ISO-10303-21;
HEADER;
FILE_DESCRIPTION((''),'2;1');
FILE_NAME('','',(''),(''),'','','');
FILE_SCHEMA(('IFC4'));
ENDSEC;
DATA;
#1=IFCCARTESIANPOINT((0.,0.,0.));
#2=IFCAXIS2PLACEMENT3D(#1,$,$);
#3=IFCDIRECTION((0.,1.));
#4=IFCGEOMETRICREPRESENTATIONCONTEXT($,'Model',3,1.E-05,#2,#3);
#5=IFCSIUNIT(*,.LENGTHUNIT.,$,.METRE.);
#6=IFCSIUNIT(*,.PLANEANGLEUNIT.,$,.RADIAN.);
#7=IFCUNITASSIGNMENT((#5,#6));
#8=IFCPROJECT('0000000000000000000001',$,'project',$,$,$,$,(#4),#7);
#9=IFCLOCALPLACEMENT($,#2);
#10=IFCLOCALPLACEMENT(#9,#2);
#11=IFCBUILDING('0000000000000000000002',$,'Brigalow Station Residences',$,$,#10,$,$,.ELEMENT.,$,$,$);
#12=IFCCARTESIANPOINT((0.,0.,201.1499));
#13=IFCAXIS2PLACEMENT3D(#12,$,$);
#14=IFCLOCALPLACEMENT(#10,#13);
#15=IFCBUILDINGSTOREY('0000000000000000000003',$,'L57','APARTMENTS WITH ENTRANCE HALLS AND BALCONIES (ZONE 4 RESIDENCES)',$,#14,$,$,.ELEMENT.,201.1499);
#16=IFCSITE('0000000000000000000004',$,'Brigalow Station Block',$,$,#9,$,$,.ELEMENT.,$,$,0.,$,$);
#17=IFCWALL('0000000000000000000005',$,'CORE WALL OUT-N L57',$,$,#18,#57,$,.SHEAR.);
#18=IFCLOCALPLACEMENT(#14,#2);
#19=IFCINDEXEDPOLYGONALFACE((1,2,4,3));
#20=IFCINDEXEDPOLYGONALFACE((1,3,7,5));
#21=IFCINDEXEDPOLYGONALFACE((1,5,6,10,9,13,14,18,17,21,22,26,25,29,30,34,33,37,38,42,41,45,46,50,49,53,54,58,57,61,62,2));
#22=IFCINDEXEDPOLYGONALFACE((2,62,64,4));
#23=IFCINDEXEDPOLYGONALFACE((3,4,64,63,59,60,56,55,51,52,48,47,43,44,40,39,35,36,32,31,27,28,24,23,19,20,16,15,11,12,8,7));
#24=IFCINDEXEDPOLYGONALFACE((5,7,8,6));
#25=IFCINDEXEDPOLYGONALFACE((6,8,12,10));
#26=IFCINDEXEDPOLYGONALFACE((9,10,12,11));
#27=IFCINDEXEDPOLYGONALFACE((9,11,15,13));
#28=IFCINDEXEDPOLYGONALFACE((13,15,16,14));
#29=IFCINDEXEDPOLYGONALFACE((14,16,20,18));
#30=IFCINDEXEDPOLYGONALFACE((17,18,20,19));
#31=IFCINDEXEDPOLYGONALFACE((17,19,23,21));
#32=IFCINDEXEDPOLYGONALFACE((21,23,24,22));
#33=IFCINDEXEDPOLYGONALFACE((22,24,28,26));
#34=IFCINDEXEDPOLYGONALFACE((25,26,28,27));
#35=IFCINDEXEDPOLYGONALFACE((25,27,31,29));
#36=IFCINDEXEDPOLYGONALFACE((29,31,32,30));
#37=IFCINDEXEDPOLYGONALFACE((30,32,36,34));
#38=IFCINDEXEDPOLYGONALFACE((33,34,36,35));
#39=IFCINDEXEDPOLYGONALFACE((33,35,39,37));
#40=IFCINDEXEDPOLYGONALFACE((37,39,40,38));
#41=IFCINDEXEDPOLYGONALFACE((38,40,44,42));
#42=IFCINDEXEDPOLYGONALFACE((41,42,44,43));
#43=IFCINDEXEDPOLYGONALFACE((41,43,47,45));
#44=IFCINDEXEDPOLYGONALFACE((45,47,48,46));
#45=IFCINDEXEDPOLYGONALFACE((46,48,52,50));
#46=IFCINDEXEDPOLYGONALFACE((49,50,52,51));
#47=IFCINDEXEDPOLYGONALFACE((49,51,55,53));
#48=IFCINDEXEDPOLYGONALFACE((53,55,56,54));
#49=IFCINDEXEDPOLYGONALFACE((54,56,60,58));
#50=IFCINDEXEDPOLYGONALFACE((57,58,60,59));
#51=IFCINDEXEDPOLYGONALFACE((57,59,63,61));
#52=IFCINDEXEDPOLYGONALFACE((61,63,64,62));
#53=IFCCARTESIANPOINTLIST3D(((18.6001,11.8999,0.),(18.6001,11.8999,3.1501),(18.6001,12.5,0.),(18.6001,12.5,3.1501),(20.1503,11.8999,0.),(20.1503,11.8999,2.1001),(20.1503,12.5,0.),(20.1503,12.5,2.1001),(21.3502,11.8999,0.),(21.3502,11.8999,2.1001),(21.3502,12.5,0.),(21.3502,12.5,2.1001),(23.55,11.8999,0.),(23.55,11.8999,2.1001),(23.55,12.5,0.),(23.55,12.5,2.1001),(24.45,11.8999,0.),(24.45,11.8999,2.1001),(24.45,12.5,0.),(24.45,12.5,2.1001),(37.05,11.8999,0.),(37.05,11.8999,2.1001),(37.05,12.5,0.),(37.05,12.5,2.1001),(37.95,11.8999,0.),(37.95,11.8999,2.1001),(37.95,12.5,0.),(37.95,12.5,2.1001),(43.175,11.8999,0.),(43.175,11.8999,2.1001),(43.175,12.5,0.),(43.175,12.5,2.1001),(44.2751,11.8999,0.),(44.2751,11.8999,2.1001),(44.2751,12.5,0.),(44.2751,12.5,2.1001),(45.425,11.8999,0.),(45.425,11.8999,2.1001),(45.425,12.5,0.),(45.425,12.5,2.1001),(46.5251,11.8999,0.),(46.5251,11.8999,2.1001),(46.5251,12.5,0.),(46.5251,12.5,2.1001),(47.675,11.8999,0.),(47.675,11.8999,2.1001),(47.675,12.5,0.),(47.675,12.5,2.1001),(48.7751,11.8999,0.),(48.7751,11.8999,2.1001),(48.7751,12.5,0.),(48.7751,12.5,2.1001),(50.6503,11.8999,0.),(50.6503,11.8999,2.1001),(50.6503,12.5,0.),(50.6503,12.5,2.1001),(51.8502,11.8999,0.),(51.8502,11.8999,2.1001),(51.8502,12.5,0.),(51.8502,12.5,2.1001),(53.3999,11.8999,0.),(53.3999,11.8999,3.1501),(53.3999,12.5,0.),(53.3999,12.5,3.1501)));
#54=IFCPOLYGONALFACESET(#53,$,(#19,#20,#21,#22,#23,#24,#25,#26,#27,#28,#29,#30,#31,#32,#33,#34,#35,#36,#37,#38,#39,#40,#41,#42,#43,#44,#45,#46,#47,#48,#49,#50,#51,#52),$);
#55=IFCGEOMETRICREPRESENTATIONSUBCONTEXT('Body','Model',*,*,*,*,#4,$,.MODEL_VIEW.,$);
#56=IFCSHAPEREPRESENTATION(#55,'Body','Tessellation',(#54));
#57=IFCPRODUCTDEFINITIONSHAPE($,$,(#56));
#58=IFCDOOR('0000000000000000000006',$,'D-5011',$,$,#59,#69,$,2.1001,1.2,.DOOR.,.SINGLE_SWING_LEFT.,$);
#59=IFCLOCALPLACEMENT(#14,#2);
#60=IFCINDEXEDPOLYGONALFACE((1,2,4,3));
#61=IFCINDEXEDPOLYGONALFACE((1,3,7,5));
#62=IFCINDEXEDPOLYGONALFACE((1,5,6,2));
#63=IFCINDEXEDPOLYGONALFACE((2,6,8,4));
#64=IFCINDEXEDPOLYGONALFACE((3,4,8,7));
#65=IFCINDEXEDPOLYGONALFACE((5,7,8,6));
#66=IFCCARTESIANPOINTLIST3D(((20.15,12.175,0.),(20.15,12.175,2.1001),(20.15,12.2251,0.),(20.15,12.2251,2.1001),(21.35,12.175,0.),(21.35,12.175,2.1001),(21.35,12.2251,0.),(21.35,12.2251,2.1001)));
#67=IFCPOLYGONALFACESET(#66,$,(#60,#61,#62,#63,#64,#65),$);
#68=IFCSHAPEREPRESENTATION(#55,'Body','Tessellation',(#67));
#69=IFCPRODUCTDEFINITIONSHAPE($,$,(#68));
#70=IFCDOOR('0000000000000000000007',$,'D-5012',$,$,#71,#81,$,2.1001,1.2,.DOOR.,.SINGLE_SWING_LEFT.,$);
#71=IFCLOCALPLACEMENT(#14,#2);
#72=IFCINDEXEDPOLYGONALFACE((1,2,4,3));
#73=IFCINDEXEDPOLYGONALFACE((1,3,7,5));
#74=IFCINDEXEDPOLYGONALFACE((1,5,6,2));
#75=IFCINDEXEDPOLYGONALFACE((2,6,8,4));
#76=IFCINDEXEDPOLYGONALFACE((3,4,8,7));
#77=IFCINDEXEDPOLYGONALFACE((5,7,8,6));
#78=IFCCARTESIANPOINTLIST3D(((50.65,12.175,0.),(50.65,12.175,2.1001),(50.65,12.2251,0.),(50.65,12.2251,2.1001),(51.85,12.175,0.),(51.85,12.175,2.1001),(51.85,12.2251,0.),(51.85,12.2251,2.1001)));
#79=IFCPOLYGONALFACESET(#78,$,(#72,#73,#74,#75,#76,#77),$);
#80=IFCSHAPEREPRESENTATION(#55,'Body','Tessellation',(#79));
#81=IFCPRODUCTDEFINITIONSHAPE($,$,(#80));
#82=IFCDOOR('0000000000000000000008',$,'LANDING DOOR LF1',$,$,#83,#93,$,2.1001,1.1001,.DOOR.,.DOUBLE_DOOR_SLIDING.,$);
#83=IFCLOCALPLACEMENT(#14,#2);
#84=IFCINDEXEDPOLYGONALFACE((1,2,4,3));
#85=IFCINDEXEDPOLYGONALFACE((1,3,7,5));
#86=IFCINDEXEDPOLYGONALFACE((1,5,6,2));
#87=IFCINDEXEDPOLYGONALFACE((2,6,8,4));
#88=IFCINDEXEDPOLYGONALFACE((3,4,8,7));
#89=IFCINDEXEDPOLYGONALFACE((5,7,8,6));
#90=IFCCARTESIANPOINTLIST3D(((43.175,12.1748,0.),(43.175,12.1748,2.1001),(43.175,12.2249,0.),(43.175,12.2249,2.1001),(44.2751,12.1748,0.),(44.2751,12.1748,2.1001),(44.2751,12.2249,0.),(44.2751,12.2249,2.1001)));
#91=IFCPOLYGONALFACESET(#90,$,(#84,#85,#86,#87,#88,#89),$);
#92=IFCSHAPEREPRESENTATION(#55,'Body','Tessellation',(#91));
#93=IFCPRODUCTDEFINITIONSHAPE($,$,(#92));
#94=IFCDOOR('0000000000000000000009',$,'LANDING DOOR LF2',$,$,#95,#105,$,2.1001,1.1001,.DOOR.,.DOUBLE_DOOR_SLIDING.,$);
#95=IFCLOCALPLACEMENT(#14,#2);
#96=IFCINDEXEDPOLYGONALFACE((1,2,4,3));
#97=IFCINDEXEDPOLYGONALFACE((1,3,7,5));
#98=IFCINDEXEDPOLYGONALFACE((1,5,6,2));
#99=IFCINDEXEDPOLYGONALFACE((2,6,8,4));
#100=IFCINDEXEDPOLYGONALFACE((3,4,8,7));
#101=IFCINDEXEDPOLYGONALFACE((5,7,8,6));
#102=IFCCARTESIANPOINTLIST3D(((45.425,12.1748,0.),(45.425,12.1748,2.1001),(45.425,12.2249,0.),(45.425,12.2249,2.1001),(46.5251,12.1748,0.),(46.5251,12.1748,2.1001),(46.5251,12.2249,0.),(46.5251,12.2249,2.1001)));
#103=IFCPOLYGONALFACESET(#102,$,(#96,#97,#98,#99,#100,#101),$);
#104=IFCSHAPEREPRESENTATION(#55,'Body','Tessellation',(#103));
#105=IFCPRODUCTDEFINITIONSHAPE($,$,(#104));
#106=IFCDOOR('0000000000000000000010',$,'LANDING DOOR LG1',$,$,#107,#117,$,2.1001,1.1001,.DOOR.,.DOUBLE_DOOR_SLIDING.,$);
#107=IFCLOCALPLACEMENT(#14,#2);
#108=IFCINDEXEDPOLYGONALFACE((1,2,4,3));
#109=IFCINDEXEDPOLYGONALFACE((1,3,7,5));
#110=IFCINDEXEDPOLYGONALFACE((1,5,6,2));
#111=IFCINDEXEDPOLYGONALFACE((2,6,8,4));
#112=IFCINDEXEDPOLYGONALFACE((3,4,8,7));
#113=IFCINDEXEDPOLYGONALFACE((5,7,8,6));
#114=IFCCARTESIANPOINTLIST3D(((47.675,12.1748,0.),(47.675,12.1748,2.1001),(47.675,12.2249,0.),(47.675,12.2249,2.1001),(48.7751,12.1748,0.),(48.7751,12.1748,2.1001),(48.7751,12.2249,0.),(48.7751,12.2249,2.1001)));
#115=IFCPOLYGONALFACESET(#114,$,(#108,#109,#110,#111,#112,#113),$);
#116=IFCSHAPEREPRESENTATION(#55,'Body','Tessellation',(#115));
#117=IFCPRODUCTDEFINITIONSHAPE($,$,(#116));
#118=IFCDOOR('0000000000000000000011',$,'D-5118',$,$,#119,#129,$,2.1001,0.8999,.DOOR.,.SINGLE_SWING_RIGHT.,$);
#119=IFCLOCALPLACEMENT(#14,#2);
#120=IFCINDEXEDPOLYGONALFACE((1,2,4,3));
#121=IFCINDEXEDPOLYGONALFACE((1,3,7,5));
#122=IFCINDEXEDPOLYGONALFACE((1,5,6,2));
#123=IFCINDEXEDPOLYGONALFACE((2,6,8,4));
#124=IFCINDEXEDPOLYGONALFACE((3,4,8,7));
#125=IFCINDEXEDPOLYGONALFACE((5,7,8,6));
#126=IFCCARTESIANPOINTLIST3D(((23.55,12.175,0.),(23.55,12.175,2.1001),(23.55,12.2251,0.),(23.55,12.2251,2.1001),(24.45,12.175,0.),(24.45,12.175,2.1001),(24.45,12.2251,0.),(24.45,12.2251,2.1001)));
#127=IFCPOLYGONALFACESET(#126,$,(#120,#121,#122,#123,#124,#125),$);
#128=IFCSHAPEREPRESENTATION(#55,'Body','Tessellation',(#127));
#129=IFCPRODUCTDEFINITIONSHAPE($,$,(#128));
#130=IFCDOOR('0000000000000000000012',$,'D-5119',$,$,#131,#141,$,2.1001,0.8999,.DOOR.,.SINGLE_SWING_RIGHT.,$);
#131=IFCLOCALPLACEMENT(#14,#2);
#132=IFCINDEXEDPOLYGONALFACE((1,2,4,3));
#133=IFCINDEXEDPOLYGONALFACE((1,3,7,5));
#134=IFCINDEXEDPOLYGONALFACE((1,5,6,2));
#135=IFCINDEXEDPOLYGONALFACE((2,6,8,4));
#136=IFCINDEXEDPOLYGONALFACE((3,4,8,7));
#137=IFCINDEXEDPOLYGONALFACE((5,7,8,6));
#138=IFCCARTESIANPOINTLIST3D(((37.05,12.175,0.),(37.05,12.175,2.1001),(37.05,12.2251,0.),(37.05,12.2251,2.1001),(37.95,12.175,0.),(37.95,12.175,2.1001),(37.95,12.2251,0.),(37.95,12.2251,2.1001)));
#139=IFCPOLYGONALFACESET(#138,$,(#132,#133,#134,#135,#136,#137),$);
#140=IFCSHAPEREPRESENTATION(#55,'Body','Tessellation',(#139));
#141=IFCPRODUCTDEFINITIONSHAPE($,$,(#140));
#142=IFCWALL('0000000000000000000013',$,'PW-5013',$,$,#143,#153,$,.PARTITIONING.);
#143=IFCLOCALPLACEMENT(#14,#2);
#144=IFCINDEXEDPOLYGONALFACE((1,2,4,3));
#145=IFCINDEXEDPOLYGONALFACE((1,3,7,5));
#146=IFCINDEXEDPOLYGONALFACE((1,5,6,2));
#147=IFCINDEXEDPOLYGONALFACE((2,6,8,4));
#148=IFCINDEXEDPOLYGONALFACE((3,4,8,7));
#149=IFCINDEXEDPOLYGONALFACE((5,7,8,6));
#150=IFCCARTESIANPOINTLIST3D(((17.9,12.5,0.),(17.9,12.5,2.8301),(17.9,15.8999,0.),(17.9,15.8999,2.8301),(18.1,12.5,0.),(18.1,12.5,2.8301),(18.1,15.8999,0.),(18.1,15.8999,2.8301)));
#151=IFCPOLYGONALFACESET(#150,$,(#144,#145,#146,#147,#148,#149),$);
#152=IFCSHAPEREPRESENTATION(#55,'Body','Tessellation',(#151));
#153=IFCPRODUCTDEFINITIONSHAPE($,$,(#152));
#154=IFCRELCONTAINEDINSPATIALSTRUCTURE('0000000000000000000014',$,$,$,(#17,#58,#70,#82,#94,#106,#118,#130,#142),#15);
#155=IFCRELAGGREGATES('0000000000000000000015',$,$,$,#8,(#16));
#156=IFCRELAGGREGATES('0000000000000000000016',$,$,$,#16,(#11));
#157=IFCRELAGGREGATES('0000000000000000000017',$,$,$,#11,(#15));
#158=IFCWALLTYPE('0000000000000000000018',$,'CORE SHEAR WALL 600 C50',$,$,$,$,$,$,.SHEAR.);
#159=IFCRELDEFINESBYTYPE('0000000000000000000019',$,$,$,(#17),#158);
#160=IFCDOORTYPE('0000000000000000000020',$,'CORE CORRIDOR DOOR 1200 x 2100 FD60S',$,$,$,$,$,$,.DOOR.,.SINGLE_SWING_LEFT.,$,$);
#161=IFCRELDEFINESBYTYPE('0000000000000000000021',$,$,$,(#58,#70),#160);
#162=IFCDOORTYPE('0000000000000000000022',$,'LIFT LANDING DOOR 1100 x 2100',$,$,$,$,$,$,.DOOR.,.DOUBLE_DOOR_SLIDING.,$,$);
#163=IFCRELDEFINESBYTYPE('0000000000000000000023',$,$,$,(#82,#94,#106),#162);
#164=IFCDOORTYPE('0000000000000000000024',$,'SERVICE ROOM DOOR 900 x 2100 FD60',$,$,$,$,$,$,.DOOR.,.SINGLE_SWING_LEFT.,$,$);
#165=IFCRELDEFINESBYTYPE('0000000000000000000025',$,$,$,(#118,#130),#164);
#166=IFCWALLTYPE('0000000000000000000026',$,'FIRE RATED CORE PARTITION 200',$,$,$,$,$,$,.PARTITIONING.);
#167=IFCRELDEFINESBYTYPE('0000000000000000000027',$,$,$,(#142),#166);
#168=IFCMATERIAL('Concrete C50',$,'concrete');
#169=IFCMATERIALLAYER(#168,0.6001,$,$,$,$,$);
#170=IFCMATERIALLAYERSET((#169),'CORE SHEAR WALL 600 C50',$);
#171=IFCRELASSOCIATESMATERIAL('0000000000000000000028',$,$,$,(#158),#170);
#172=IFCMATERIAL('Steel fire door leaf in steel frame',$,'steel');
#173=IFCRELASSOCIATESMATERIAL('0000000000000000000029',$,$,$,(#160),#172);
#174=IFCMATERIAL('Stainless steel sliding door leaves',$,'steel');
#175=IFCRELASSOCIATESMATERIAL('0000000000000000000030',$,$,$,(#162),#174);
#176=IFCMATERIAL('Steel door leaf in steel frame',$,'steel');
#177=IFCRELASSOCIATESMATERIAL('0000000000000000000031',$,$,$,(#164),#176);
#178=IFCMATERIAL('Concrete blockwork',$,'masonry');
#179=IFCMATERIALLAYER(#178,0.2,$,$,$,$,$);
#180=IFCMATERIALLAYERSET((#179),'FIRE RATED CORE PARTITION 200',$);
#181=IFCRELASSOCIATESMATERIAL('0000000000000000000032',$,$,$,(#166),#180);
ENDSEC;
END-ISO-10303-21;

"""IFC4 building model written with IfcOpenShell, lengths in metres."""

from ifc_helpers import new_model, si_unit, direction, frame, frame_2d, origin, place, context, subcontext, project, spatial, rectangle, extrude, material, layer, layer_set, type_object, element, fill, save


model = new_model("IFC4")

# Units and contexts
model_context = context("Model", 3, precision=1e-05, world=origin(), true_north=direction((0.0, 1.0)))
body_context = subcontext(model_context, "Body", "Model", "MODEL_VIEW")
ifc_project = project(units=[si_unit("LENGTHUNIT", "METRE"), si_unit("PLANEANGLEUNIT", "RADIAN")], contexts=[model_context])

# Site, building, storey
site_placement = place(None, origin())
site = spatial("IfcSite", under=ifc_project, at=site_placement, Name="Brigalow Station Block", CompositionType="ELEMENT", RefElevation=0.0)
building_placement = place(site_placement, origin())
building = spatial("IfcBuilding", under=site, at=building_placement, Name="Brigalow Station Residences", CompositionType="ELEMENT")
storey_placement = place(building_placement, frame((0.0, 0.0, 201.1499)))
storey = spatial("IfcBuildingStorey", under=building, at=storey_placement, Name="L57", Description="APARTMENTS WITH ENTRANCE HALLS AND BALCONIES (ZONE 4 RESIDENCES)", CompositionType="ELEMENT", Elevation=201.1499)

# Wall, openings, doors
ifc_material_1 = material(Name="Concrete C50", Category="concrete")
ifc_layer_1 = layer(ifc_material_1, 0.6001)
ifc_layer_set_1 = layer_set([ifc_layer_1], Name="CORE SHEAR WALL 600 C50")
wall_type_1 = type_object("IfcWallType", Name="CORE SHEAR WALL 600 C50", PredefinedType="SHEAR", material=ifc_layer_set_1)
wall_1_placement = place(storey_placement, frame((18.6001, 12.2, 0.0), z_axis=(0.0, 0.0, 1.0), x_axis=(1.0, 0.0, 0.0)))
wall_1 = element("IfcWall", 1, at=wall_1_placement, inside=storey, type_object=wall_type_1, Name="CORE WALL OUT-N L57", PredefinedType="SHEAR", context=body_context, shape_type="SweptSolid", body=[
    extrude(rectangle(XDim=34.7998, YDim=0.6001, at=frame_2d((17.3999, 0.0))), origin(), (0.0, 0.0, 1.0), 3.1501),
])
opening_1_placement = place(wall_1_placement, frame((24.575, 0.0, 0.0)))
opening_1 = element("IfcOpeningElement", 2, at=opening_1_placement, cuts=wall_1, PredefinedType="OPENING", context=body_context, shape_type="SweptSolid", body=[
    extrude(rectangle(XDim=1.1001, YDim=2.1001, at=frame_2d((0.55, 1.05))), frame((0.0, 0.3101, 0.0), z_axis=(0.0, -1.0, 0.0), x_axis=(1.0, 0.0, 0.0)), (0.0, 0.0, 1.0), 0.6201),
])
opening_2_placement = place(wall_1_placement, frame((26.825, 0.0, 0.0)))
opening_2 = element("IfcOpeningElement", 3, at=opening_2_placement, cuts=wall_1, PredefinedType="OPENING", context=body_context, shape_type="SweptSolid", body=[
    extrude(rectangle(XDim=1.1001, YDim=2.1001, at=frame_2d((0.55, 1.05))), frame((0.0, 0.3101, 0.0), z_axis=(0.0, -1.0, 0.0), x_axis=(1.0, 0.0, 0.0)), (0.0, 0.0, 1.0), 0.6201),
])
opening_3_placement = place(wall_1_placement, frame((29.075, 0.0, 0.0)))
opening_3 = element("IfcOpeningElement", 4, at=opening_3_placement, cuts=wall_1, PredefinedType="OPENING", context=body_context, shape_type="SweptSolid", body=[
    extrude(rectangle(XDim=1.1001, YDim=2.1001, at=frame_2d((0.55, 1.05))), frame((0.0, 0.3101, 0.0), z_axis=(0.0, -1.0, 0.0), x_axis=(1.0, 0.0, 0.0)), (0.0, 0.0, 1.0), 0.6201),
])
opening_4_placement = place(wall_1_placement, frame((4.95, 0.0, 0.0)))
opening_4 = element("IfcOpeningElement", 5, at=opening_4_placement, cuts=wall_1, PredefinedType="OPENING", context=body_context, shape_type="SweptSolid", body=[
    extrude(rectangle(XDim=0.8999, YDim=2.1001, at=frame_2d((0.45, 1.05))), frame((0.0, 0.3101, 0.0), z_axis=(0.0, -1.0, 0.0), x_axis=(1.0, 0.0, 0.0)), (0.0, 0.0, 1.0), 0.6201),
])
opening_5_placement = place(wall_1_placement, frame((18.45, 0.0, 0.0)))
opening_5 = element("IfcOpeningElement", 6, at=opening_5_placement, cuts=wall_1, PredefinedType="OPENING", context=body_context, shape_type="SweptSolid", body=[
    extrude(rectangle(XDim=0.8999, YDim=2.1001, at=frame_2d((0.45, 1.05))), frame((0.0, 0.3101, 0.0), z_axis=(0.0, -1.0, 0.0), x_axis=(1.0, 0.0, 0.0)), (0.0, 0.0, 1.0), 0.6201),
])
opening_6_placement = place(wall_1_placement, frame((1.55, 0.0, 0.0)))
opening_6 = element("IfcOpeningElement", 7, at=opening_6_placement, cuts=wall_1, PredefinedType="OPENING", context=body_context, shape_type="SweptSolid", body=[
    extrude(rectangle(XDim=1.2, YDim=2.1001, at=frame_2d((0.6001, 1.05))), frame((0.0, 0.3101, 0.0), z_axis=(0.0, -1.0, 0.0), x_axis=(1.0, 0.0, 0.0)), (0.0, 0.0, 1.0), 0.6201),
])
opening_7_placement = place(wall_1_placement, frame((32.05, 0.0, 0.0)))
opening_7 = element("IfcOpeningElement", 8, at=opening_7_placement, cuts=wall_1, PredefinedType="OPENING", context=body_context, shape_type="SweptSolid", body=[
    extrude(rectangle(XDim=1.2, YDim=2.1001, at=frame_2d((0.6001, 1.05))), frame((0.0, 0.3101, 0.0), z_axis=(0.0, -1.0, 0.0), x_axis=(1.0, 0.0, 0.0)), (0.0, 0.0, 1.0), 0.6201),
])
ifc_material_2 = material(Name="Steel fire door leaf in steel frame", Category="steel")
door_type_1 = type_object("IfcDoorType", Name="CORE CORRIDOR DOOR 1200 x 2100 FD60S", OperationType="SINGLE_SWING_LEFT", PredefinedType="DOOR", material=ifc_material_2)
door_1_placement = place(opening_6_placement, frame((1.2, 0.0, 0.0), z_axis=(0.0, 0.0, 1.0), x_axis=(-1.0, 0.0, 0.0)))
door_1 = element("IfcDoor", 9, at=door_1_placement, inside=storey, type_object=door_type_1, Name="D-5011", OperationType="SINGLE_SWING_LEFT", OverallHeight=2.1001, OverallWidth=1.2, PredefinedType="DOOR", context=body_context, shape_type="SweptSolid", body=[
    extrude(rectangle(XDim=1.2, YDim=2.1001, at=frame_2d((0.6001, 1.05))), frame((0.0, 0.0249, 0.0), z_axis=(0.0, -1.0, 0.0), x_axis=(1.0, 0.0, 0.0)), (0.0, 0.0, 1.0), 0.05),
])
fill(opening_6, door_1)
door_2_placement = place(opening_7_placement, frame((1.2, 0.0, 0.0), z_axis=(0.0, 0.0, 1.0), x_axis=(-1.0, 0.0, 0.0)))
door_2 = element("IfcDoor", 10, at=door_2_placement, inside=storey, type_object=door_type_1, Name="D-5012", OperationType="SINGLE_SWING_LEFT", OverallHeight=2.1001, OverallWidth=1.2, PredefinedType="DOOR", context=body_context, shape_type="SweptSolid", body=[
    extrude(rectangle(XDim=1.2, YDim=2.1001, at=frame_2d((0.6001, 1.05))), frame((0.0, 0.0249, 0.0), z_axis=(0.0, -1.0, 0.0), x_axis=(1.0, 0.0, 0.0)), (0.0, 0.0, 1.0), 0.05),
])
fill(opening_7, door_2)
ifc_material_3 = material(Name="Stainless steel sliding door leaves", Category="steel")
door_type_2 = type_object("IfcDoorType", Name="LIFT LANDING DOOR 1100 x 2100", OperationType="DOUBLE_DOOR_SLIDING", PredefinedType="DOOR", material=ifc_material_3)
door_3_placement = place(opening_1_placement, origin())
door_3 = element("IfcDoor", 11, at=door_3_placement, inside=storey, type_object=door_type_2, Name="LANDING DOOR LF1", OperationType="DOUBLE_DOOR_SLIDING", OverallHeight=2.1001, OverallWidth=1.1001, PredefinedType="DOOR", context=body_context, shape_type="SweptSolid", body=[
    extrude(rectangle(XDim=1.1001, YDim=2.1001, at=frame_2d((0.55, 1.05))), frame((0.0, 0.0249, 0.0), z_axis=(0.0, -1.0, 0.0), x_axis=(1.0, 0.0, 0.0)), (0.0, 0.0, 1.0), 0.05),
])
fill(opening_1, door_3)
door_4_placement = place(opening_2_placement, origin())
door_4 = element("IfcDoor", 12, at=door_4_placement, inside=storey, type_object=door_type_2, Name="LANDING DOOR LF2", OperationType="DOUBLE_DOOR_SLIDING", OverallHeight=2.1001, OverallWidth=1.1001, PredefinedType="DOOR", context=body_context, shape_type="SweptSolid", body=[
    extrude(rectangle(XDim=1.1001, YDim=2.1001, at=frame_2d((0.55, 1.05))), frame((0.0, 0.0249, 0.0), z_axis=(0.0, -1.0, 0.0), x_axis=(1.0, 0.0, 0.0)), (0.0, 0.0, 1.0), 0.05),
])
fill(opening_2, door_4)
door_5_placement = place(opening_3_placement, origin())
door_5 = element("IfcDoor", 13, at=door_5_placement, inside=storey, type_object=door_type_2, Name="LANDING DOOR LG1", OperationType="DOUBLE_DOOR_SLIDING", OverallHeight=2.1001, OverallWidth=1.1001, PredefinedType="DOOR", context=body_context, shape_type="SweptSolid", body=[
    extrude(rectangle(XDim=1.1001, YDim=2.1001, at=frame_2d((0.55, 1.05))), frame((0.0, 0.0249, 0.0), z_axis=(0.0, -1.0, 0.0), x_axis=(1.0, 0.0, 0.0)), (0.0, 0.0, 1.0), 0.05),
])
fill(opening_3, door_5)
ifc_material_4 = material(Name="Steel door leaf in steel frame", Category="steel")
door_type_3 = type_object("IfcDoorType", Name="SERVICE ROOM DOOR 900 x 2100 FD60", OperationType="SINGLE_SWING_LEFT", PredefinedType="DOOR", material=ifc_material_4)
door_6_placement = place(opening_4_placement, frame((0.8999, 0.0, 0.0), z_axis=(0.0, 0.0, 1.0), x_axis=(-1.0, 0.0, 0.0)))
door_6 = element("IfcDoor", 14, at=door_6_placement, inside=storey, type_object=door_type_3, Name="D-5118", OperationType="SINGLE_SWING_RIGHT", OverallHeight=2.1001, OverallWidth=0.8999, PredefinedType="DOOR", context=body_context, shape_type="SweptSolid", body=[
    extrude(rectangle(XDim=0.8999, YDim=2.1001, at=frame_2d((0.45, 1.05))), frame((0.0, 0.0249, 0.0), z_axis=(0.0, -1.0, 0.0), x_axis=(1.0, 0.0, 0.0)), (0.0, 0.0, 1.0), 0.05),
])
fill(opening_4, door_6)
door_7_placement = place(opening_5_placement, frame((0.8999, 0.0, 0.0), z_axis=(0.0, 0.0, 1.0), x_axis=(-1.0, 0.0, 0.0)))
door_7 = element("IfcDoor", 15, at=door_7_placement, inside=storey, type_object=door_type_3, Name="D-5119", OperationType="SINGLE_SWING_RIGHT", OverallHeight=2.1001, OverallWidth=0.8999, PredefinedType="DOOR", context=body_context, shape_type="SweptSolid", body=[
    extrude(rectangle(XDim=0.8999, YDim=2.1001, at=frame_2d((0.45, 1.05))), frame((0.0, 0.0249, 0.0), z_axis=(0.0, -1.0, 0.0), x_axis=(1.0, 0.0, 0.0)), (0.0, 0.0, 1.0), 0.05),
])
fill(opening_5, door_7)

# Wall
ifc_material_5 = material(Name="Concrete blockwork", Category="masonry")
ifc_layer_2 = layer(ifc_material_5, 0.2)
ifc_layer_set_2 = layer_set([ifc_layer_2], Name="FIRE RATED CORE PARTITION 200")
wall_type_2 = type_object("IfcWallType", Name="FIRE RATED CORE PARTITION 200", PredefinedType="PARTITIONING", material=ifc_layer_set_2)
wall_2_placement = place(storey_placement, frame((18.0, 12.5, 0.0), z_axis=(0.0, 0.0, 1.0), x_axis=(0.0, 1.0, 0.0)))
element("IfcWall", 16, at=wall_2_placement, inside=storey, type_object=wall_type_2, Name="PW-5013", PredefinedType="PARTITIONING", context=body_context, shape_type="SweptSolid", body=[
    extrude(rectangle(XDim=3.3999, YDim=0.2, at=frame_2d((1.7, 0.0))), origin(), (0.0, 0.0, 1.0), 2.8301),
])

save(model, "model.ifc")
